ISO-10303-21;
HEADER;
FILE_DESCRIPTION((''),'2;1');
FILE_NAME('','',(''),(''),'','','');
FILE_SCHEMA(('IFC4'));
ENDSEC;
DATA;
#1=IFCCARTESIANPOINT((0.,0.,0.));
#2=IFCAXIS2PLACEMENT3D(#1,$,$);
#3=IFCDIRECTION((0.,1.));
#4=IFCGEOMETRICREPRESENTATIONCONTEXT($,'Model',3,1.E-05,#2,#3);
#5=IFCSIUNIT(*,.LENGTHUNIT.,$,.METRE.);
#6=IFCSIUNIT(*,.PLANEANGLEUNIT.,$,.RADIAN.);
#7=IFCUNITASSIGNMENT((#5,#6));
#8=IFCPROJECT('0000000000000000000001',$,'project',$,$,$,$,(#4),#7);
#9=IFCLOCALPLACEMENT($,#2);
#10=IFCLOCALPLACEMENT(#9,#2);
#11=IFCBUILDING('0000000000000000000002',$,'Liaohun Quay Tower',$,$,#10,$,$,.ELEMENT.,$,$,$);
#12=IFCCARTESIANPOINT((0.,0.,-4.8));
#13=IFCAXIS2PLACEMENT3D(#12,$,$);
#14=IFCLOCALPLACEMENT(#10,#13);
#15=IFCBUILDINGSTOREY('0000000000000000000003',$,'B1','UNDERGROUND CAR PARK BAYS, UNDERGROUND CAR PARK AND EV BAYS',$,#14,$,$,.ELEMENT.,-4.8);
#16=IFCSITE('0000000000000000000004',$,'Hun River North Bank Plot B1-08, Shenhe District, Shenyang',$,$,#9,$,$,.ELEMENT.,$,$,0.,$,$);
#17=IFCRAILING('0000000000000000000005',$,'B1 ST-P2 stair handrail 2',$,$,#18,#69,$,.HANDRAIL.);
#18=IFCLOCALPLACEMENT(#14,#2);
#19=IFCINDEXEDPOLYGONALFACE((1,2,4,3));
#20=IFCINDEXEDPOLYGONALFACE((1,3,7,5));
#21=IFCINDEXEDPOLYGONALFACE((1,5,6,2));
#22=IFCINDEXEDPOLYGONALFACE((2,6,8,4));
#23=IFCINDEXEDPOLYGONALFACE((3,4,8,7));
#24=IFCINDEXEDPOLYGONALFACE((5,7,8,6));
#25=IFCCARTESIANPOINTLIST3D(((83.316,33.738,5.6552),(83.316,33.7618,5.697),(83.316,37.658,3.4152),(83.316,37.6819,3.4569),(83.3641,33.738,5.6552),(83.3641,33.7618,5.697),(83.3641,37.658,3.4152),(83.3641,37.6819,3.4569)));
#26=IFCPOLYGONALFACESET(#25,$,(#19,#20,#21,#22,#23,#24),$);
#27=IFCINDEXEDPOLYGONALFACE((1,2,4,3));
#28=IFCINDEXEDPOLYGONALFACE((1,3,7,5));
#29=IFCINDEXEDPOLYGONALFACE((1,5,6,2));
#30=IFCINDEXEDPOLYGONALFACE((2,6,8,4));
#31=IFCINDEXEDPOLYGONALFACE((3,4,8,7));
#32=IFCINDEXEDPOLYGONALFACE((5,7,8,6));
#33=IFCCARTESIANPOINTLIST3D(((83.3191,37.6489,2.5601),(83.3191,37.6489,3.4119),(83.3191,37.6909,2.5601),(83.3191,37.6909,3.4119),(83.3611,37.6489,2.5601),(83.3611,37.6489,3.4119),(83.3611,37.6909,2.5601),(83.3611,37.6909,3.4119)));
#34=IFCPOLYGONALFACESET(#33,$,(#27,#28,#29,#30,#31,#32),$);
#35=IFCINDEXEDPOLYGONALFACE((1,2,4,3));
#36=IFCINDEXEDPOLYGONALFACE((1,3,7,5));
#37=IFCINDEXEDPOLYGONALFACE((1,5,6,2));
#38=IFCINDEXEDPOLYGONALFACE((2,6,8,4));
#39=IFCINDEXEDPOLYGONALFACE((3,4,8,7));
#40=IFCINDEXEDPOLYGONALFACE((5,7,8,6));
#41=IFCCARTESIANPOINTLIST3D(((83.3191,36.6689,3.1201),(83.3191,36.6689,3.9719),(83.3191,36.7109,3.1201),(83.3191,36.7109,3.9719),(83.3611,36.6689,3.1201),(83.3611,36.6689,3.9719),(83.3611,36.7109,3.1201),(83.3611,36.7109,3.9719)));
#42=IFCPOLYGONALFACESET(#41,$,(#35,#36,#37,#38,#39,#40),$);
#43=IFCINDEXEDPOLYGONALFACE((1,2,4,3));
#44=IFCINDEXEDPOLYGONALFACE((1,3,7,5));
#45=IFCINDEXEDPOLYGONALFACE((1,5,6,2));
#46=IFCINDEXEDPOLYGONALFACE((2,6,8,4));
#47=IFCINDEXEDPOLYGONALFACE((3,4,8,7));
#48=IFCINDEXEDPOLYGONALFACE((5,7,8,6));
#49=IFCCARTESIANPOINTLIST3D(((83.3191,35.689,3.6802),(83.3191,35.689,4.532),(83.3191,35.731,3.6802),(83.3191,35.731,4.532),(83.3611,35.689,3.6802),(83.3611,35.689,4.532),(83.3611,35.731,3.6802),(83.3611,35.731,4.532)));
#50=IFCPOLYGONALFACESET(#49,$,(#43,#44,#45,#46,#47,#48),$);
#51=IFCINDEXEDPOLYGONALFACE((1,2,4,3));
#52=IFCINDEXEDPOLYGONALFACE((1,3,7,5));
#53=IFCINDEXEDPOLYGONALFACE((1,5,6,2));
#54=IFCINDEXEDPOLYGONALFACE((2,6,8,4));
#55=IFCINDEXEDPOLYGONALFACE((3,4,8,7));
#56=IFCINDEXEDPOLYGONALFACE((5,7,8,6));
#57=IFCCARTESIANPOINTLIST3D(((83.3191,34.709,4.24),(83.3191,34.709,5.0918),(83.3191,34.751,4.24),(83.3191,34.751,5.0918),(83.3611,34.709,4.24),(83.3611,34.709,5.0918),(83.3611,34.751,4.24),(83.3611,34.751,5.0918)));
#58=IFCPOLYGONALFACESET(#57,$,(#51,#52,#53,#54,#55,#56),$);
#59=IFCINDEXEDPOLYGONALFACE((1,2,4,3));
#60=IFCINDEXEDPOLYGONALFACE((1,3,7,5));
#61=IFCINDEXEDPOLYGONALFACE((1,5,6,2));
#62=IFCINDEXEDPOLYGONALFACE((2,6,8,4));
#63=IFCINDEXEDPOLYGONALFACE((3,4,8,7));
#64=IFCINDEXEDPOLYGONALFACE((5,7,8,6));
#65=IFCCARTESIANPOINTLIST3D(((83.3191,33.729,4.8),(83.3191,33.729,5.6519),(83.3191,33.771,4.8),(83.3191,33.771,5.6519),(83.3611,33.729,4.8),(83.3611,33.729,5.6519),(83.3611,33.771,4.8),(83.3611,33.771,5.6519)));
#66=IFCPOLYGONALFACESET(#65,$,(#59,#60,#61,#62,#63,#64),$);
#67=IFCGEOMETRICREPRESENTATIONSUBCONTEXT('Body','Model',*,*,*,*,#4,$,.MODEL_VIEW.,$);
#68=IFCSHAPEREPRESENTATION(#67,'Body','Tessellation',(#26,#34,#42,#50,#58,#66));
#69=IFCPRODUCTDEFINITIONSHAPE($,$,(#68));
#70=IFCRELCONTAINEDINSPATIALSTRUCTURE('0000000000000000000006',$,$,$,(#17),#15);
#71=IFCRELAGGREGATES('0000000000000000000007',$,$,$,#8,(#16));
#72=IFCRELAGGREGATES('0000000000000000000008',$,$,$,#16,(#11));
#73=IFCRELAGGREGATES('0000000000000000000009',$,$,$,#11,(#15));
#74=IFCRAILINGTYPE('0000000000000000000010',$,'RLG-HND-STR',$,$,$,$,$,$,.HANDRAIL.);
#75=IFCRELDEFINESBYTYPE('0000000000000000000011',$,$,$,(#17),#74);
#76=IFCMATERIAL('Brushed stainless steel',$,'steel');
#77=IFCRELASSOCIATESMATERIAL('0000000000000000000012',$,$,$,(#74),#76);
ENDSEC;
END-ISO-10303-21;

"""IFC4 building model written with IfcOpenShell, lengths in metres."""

from ifc_helpers import new_model, si_unit, direction, frame, origin, origin_2d, place, context, subcontext, project, spatial, rectangle, extrude, material, type_object, element, save


model = new_model("IFC4")

# Units and contexts
model_context = context("Model", 3, precision=1e-05, world=origin(), true_north=direction((0.0, 1.0)))
body_context = subcontext(model_context, "Body", "Model", "MODEL_VIEW")
ifc_project = project(units=[si_unit("LENGTHUNIT", "METRE"), si_unit("PLANEANGLEUNIT", "RADIAN")], contexts=[model_context])

# Site, building, storey
site_placement = place(None, origin())
site = spatial("IfcSite", under=ifc_project, at=site_placement, Name="Hun River North Bank Plot B1-08, Shenhe District, Shenyang", CompositionType="ELEMENT", RefElevation=0.0)
building_placement = place(site_placement, origin())
building = spatial("IfcBuilding", under=site, at=building_placement, Name="Liaohun Quay Tower", CompositionType="ELEMENT")
storey_placement = place(building_placement, frame((0.0, 0.0, -4.8)))
storey = spatial("IfcBuildingStorey", under=building, at=storey_placement, Name="B1", Description="UNDERGROUND CAR PARK BAYS, UNDERGROUND CAR PARK AND EV BAYS", CompositionType="ELEMENT", Elevation=-4.8)

# Railing
ifc_material_1 = material(Name="Brushed stainless steel", Category="steel")
railing_type_1 = type_object("IfcRailingType", Name="RLG-HND-STR", PredefinedType="HANDRAIL", material=ifc_material_1)
railing_1_placement = place(storey_placement, frame((83.3401, 37.6699, 2.5601)))
element("IfcRailing", 1, at=railing_1_placement, inside=storey, type_object=railing_type_1, Name="B1 ST-P2 stair handrail 2", PredefinedType="HANDRAIL", context=body_context, shape_type="SweptSolid", body=[
    extrude(rectangle(XDim=0.0481, YDim=0.0481, at=origin_2d()), frame((0.0, 0.0, 0.876), z_axis=(0.0, -0.86824, 0.496145), x_axis=(1.0, 0.0, 0.0)), (0.0, 0.0, 1.0), 4.5149),
    extrude(rectangle(XDim=0.042, YDim=0.042, at=origin_2d()), origin(), (0.0, 0.0, 1.0), 0.8518),
    extrude(rectangle(XDim=0.042, YDim=0.042, at=origin_2d()), frame((0.0, -0.98, 0.5601)), (0.0, 0.0, 1.0), 0.8518),
    extrude(rectangle(XDim=0.042, YDim=0.042, at=origin_2d()), frame((0.0, -1.96, 1.1201)), (0.0, 0.0, 1.0), 0.8518),
    extrude(rectangle(XDim=0.042, YDim=0.042, at=origin_2d()), frame((0.0, -2.9399, 1.6799)), (0.0, 0.0, 1.0), 0.8518),
    extrude(rectangle(XDim=0.042, YDim=0.042, at=origin_2d()), frame((0.0, -3.9199, 2.24)), (0.0, 0.0, 1.0), 0.8518),
])

save(model, "model.ifc")
